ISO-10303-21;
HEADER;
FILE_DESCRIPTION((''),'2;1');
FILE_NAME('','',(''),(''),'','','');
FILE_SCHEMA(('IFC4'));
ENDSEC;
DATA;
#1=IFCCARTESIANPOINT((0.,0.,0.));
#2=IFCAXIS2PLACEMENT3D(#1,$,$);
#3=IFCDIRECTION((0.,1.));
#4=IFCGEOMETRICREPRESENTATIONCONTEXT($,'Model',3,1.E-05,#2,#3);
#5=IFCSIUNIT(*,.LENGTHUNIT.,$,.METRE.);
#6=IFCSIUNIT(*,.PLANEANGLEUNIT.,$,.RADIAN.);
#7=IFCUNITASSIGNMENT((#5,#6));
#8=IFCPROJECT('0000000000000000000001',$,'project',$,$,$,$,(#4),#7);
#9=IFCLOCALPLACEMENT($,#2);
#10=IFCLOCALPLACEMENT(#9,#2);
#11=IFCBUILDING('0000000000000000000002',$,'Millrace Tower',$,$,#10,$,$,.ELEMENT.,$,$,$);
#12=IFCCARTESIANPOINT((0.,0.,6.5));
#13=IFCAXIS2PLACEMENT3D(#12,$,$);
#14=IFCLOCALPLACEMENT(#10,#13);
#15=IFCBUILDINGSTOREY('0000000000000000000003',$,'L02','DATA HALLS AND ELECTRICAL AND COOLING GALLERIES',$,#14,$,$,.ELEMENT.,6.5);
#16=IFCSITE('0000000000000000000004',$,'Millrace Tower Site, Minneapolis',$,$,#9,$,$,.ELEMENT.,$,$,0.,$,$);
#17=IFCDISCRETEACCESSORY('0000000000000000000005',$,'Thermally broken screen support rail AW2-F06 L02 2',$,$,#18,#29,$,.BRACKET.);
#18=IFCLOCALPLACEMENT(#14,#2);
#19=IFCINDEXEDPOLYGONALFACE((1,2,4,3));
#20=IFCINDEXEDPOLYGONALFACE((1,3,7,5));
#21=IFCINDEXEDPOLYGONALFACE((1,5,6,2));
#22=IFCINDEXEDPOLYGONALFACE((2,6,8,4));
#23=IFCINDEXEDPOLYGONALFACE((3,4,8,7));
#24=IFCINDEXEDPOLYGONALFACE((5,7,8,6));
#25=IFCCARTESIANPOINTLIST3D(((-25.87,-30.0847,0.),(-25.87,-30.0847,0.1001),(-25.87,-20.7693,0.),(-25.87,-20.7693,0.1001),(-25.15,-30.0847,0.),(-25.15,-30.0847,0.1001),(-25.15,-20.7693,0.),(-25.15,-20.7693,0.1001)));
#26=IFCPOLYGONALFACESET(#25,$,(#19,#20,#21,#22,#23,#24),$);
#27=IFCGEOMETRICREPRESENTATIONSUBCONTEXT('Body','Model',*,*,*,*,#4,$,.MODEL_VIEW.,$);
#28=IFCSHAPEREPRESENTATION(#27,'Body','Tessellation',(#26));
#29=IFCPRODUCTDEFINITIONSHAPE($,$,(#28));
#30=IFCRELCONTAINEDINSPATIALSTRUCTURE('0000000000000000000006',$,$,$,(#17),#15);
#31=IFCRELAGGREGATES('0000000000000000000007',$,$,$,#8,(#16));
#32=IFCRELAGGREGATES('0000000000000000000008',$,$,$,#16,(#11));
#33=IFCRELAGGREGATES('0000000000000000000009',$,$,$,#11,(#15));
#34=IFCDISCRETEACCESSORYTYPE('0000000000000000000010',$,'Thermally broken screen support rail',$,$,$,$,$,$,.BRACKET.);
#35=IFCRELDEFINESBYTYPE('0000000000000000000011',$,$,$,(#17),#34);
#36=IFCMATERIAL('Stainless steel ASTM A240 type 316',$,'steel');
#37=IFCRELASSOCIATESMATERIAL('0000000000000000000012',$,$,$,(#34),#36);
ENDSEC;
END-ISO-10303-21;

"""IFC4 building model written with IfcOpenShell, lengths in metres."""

from ifc_helpers import new_model, si_unit, direction, frame, origin, origin_2d, place, context, subcontext, project, spatial, rectangle, extrude, material, type_object, element, save


model = new_model("IFC4")

# Units and contexts
model_context = context("Model", 3, precision=1e-05, world=origin(), true_north=direction((0.0, 1.0)))
body_context = subcontext(model_context, "Body", "Model", "MODEL_VIEW")
ifc_project = project(units=[si_unit("LENGTHUNIT", "METRE"), si_unit("PLANEANGLEUNIT", "RADIAN")], contexts=[model_context])

# Site, building, storey
site_placement = place(None, origin())
site = spatial("IfcSite", under=ifc_project, at=site_placement, Name="Millrace Tower Site, Minneapolis", CompositionType="ELEMENT", RefElevation=0.0)
building_placement = place(site_placement, origin())
building = spatial("IfcBuilding", under=site, at=building_placement, Name="Millrace Tower", CompositionType="ELEMENT")
storey_placement = place(building_placement, frame((0.0, 0.0, 6.5)))
storey = spatial("IfcBuildingStorey", under=building, at=storey_placement, Name="L02", Description="DATA HALLS AND ELECTRICAL AND COOLING GALLERIES", CompositionType="ELEMENT", Elevation=6.5)

# Discrete accessory
ifc_material_1 = material(Name="Stainless steel ASTM A240 type 316", Category="steel")
discrete_accessory_type = type_object("IfcDiscreteAccessoryType", Name="Thermally broken screen support rail", PredefinedType="BRACKET", material=ifc_material_1)
discrete_accessory_placement = place(storey_placement, frame((-25.51, -25.427, 0.0), z_axis=(0.0, 0.0, 1.0), x_axis=(0.0, -1.0, 0.0)))
element("IfcDiscreteAccessory", 1, at=discrete_accessory_placement, inside=storey, type_object=discrete_accessory_type, Name="Thermally broken screen support rail AW2-F06 L02 2", PredefinedType="BRACKET", context=body_context, shape_type="SweptSolid", body=[
    extrude(rectangle(XDim=9.3154, YDim=0.72, at=origin_2d()), origin(), (0.0, 0.0, 1.0), 0.1001),
])

save(model, "model.ifc")
